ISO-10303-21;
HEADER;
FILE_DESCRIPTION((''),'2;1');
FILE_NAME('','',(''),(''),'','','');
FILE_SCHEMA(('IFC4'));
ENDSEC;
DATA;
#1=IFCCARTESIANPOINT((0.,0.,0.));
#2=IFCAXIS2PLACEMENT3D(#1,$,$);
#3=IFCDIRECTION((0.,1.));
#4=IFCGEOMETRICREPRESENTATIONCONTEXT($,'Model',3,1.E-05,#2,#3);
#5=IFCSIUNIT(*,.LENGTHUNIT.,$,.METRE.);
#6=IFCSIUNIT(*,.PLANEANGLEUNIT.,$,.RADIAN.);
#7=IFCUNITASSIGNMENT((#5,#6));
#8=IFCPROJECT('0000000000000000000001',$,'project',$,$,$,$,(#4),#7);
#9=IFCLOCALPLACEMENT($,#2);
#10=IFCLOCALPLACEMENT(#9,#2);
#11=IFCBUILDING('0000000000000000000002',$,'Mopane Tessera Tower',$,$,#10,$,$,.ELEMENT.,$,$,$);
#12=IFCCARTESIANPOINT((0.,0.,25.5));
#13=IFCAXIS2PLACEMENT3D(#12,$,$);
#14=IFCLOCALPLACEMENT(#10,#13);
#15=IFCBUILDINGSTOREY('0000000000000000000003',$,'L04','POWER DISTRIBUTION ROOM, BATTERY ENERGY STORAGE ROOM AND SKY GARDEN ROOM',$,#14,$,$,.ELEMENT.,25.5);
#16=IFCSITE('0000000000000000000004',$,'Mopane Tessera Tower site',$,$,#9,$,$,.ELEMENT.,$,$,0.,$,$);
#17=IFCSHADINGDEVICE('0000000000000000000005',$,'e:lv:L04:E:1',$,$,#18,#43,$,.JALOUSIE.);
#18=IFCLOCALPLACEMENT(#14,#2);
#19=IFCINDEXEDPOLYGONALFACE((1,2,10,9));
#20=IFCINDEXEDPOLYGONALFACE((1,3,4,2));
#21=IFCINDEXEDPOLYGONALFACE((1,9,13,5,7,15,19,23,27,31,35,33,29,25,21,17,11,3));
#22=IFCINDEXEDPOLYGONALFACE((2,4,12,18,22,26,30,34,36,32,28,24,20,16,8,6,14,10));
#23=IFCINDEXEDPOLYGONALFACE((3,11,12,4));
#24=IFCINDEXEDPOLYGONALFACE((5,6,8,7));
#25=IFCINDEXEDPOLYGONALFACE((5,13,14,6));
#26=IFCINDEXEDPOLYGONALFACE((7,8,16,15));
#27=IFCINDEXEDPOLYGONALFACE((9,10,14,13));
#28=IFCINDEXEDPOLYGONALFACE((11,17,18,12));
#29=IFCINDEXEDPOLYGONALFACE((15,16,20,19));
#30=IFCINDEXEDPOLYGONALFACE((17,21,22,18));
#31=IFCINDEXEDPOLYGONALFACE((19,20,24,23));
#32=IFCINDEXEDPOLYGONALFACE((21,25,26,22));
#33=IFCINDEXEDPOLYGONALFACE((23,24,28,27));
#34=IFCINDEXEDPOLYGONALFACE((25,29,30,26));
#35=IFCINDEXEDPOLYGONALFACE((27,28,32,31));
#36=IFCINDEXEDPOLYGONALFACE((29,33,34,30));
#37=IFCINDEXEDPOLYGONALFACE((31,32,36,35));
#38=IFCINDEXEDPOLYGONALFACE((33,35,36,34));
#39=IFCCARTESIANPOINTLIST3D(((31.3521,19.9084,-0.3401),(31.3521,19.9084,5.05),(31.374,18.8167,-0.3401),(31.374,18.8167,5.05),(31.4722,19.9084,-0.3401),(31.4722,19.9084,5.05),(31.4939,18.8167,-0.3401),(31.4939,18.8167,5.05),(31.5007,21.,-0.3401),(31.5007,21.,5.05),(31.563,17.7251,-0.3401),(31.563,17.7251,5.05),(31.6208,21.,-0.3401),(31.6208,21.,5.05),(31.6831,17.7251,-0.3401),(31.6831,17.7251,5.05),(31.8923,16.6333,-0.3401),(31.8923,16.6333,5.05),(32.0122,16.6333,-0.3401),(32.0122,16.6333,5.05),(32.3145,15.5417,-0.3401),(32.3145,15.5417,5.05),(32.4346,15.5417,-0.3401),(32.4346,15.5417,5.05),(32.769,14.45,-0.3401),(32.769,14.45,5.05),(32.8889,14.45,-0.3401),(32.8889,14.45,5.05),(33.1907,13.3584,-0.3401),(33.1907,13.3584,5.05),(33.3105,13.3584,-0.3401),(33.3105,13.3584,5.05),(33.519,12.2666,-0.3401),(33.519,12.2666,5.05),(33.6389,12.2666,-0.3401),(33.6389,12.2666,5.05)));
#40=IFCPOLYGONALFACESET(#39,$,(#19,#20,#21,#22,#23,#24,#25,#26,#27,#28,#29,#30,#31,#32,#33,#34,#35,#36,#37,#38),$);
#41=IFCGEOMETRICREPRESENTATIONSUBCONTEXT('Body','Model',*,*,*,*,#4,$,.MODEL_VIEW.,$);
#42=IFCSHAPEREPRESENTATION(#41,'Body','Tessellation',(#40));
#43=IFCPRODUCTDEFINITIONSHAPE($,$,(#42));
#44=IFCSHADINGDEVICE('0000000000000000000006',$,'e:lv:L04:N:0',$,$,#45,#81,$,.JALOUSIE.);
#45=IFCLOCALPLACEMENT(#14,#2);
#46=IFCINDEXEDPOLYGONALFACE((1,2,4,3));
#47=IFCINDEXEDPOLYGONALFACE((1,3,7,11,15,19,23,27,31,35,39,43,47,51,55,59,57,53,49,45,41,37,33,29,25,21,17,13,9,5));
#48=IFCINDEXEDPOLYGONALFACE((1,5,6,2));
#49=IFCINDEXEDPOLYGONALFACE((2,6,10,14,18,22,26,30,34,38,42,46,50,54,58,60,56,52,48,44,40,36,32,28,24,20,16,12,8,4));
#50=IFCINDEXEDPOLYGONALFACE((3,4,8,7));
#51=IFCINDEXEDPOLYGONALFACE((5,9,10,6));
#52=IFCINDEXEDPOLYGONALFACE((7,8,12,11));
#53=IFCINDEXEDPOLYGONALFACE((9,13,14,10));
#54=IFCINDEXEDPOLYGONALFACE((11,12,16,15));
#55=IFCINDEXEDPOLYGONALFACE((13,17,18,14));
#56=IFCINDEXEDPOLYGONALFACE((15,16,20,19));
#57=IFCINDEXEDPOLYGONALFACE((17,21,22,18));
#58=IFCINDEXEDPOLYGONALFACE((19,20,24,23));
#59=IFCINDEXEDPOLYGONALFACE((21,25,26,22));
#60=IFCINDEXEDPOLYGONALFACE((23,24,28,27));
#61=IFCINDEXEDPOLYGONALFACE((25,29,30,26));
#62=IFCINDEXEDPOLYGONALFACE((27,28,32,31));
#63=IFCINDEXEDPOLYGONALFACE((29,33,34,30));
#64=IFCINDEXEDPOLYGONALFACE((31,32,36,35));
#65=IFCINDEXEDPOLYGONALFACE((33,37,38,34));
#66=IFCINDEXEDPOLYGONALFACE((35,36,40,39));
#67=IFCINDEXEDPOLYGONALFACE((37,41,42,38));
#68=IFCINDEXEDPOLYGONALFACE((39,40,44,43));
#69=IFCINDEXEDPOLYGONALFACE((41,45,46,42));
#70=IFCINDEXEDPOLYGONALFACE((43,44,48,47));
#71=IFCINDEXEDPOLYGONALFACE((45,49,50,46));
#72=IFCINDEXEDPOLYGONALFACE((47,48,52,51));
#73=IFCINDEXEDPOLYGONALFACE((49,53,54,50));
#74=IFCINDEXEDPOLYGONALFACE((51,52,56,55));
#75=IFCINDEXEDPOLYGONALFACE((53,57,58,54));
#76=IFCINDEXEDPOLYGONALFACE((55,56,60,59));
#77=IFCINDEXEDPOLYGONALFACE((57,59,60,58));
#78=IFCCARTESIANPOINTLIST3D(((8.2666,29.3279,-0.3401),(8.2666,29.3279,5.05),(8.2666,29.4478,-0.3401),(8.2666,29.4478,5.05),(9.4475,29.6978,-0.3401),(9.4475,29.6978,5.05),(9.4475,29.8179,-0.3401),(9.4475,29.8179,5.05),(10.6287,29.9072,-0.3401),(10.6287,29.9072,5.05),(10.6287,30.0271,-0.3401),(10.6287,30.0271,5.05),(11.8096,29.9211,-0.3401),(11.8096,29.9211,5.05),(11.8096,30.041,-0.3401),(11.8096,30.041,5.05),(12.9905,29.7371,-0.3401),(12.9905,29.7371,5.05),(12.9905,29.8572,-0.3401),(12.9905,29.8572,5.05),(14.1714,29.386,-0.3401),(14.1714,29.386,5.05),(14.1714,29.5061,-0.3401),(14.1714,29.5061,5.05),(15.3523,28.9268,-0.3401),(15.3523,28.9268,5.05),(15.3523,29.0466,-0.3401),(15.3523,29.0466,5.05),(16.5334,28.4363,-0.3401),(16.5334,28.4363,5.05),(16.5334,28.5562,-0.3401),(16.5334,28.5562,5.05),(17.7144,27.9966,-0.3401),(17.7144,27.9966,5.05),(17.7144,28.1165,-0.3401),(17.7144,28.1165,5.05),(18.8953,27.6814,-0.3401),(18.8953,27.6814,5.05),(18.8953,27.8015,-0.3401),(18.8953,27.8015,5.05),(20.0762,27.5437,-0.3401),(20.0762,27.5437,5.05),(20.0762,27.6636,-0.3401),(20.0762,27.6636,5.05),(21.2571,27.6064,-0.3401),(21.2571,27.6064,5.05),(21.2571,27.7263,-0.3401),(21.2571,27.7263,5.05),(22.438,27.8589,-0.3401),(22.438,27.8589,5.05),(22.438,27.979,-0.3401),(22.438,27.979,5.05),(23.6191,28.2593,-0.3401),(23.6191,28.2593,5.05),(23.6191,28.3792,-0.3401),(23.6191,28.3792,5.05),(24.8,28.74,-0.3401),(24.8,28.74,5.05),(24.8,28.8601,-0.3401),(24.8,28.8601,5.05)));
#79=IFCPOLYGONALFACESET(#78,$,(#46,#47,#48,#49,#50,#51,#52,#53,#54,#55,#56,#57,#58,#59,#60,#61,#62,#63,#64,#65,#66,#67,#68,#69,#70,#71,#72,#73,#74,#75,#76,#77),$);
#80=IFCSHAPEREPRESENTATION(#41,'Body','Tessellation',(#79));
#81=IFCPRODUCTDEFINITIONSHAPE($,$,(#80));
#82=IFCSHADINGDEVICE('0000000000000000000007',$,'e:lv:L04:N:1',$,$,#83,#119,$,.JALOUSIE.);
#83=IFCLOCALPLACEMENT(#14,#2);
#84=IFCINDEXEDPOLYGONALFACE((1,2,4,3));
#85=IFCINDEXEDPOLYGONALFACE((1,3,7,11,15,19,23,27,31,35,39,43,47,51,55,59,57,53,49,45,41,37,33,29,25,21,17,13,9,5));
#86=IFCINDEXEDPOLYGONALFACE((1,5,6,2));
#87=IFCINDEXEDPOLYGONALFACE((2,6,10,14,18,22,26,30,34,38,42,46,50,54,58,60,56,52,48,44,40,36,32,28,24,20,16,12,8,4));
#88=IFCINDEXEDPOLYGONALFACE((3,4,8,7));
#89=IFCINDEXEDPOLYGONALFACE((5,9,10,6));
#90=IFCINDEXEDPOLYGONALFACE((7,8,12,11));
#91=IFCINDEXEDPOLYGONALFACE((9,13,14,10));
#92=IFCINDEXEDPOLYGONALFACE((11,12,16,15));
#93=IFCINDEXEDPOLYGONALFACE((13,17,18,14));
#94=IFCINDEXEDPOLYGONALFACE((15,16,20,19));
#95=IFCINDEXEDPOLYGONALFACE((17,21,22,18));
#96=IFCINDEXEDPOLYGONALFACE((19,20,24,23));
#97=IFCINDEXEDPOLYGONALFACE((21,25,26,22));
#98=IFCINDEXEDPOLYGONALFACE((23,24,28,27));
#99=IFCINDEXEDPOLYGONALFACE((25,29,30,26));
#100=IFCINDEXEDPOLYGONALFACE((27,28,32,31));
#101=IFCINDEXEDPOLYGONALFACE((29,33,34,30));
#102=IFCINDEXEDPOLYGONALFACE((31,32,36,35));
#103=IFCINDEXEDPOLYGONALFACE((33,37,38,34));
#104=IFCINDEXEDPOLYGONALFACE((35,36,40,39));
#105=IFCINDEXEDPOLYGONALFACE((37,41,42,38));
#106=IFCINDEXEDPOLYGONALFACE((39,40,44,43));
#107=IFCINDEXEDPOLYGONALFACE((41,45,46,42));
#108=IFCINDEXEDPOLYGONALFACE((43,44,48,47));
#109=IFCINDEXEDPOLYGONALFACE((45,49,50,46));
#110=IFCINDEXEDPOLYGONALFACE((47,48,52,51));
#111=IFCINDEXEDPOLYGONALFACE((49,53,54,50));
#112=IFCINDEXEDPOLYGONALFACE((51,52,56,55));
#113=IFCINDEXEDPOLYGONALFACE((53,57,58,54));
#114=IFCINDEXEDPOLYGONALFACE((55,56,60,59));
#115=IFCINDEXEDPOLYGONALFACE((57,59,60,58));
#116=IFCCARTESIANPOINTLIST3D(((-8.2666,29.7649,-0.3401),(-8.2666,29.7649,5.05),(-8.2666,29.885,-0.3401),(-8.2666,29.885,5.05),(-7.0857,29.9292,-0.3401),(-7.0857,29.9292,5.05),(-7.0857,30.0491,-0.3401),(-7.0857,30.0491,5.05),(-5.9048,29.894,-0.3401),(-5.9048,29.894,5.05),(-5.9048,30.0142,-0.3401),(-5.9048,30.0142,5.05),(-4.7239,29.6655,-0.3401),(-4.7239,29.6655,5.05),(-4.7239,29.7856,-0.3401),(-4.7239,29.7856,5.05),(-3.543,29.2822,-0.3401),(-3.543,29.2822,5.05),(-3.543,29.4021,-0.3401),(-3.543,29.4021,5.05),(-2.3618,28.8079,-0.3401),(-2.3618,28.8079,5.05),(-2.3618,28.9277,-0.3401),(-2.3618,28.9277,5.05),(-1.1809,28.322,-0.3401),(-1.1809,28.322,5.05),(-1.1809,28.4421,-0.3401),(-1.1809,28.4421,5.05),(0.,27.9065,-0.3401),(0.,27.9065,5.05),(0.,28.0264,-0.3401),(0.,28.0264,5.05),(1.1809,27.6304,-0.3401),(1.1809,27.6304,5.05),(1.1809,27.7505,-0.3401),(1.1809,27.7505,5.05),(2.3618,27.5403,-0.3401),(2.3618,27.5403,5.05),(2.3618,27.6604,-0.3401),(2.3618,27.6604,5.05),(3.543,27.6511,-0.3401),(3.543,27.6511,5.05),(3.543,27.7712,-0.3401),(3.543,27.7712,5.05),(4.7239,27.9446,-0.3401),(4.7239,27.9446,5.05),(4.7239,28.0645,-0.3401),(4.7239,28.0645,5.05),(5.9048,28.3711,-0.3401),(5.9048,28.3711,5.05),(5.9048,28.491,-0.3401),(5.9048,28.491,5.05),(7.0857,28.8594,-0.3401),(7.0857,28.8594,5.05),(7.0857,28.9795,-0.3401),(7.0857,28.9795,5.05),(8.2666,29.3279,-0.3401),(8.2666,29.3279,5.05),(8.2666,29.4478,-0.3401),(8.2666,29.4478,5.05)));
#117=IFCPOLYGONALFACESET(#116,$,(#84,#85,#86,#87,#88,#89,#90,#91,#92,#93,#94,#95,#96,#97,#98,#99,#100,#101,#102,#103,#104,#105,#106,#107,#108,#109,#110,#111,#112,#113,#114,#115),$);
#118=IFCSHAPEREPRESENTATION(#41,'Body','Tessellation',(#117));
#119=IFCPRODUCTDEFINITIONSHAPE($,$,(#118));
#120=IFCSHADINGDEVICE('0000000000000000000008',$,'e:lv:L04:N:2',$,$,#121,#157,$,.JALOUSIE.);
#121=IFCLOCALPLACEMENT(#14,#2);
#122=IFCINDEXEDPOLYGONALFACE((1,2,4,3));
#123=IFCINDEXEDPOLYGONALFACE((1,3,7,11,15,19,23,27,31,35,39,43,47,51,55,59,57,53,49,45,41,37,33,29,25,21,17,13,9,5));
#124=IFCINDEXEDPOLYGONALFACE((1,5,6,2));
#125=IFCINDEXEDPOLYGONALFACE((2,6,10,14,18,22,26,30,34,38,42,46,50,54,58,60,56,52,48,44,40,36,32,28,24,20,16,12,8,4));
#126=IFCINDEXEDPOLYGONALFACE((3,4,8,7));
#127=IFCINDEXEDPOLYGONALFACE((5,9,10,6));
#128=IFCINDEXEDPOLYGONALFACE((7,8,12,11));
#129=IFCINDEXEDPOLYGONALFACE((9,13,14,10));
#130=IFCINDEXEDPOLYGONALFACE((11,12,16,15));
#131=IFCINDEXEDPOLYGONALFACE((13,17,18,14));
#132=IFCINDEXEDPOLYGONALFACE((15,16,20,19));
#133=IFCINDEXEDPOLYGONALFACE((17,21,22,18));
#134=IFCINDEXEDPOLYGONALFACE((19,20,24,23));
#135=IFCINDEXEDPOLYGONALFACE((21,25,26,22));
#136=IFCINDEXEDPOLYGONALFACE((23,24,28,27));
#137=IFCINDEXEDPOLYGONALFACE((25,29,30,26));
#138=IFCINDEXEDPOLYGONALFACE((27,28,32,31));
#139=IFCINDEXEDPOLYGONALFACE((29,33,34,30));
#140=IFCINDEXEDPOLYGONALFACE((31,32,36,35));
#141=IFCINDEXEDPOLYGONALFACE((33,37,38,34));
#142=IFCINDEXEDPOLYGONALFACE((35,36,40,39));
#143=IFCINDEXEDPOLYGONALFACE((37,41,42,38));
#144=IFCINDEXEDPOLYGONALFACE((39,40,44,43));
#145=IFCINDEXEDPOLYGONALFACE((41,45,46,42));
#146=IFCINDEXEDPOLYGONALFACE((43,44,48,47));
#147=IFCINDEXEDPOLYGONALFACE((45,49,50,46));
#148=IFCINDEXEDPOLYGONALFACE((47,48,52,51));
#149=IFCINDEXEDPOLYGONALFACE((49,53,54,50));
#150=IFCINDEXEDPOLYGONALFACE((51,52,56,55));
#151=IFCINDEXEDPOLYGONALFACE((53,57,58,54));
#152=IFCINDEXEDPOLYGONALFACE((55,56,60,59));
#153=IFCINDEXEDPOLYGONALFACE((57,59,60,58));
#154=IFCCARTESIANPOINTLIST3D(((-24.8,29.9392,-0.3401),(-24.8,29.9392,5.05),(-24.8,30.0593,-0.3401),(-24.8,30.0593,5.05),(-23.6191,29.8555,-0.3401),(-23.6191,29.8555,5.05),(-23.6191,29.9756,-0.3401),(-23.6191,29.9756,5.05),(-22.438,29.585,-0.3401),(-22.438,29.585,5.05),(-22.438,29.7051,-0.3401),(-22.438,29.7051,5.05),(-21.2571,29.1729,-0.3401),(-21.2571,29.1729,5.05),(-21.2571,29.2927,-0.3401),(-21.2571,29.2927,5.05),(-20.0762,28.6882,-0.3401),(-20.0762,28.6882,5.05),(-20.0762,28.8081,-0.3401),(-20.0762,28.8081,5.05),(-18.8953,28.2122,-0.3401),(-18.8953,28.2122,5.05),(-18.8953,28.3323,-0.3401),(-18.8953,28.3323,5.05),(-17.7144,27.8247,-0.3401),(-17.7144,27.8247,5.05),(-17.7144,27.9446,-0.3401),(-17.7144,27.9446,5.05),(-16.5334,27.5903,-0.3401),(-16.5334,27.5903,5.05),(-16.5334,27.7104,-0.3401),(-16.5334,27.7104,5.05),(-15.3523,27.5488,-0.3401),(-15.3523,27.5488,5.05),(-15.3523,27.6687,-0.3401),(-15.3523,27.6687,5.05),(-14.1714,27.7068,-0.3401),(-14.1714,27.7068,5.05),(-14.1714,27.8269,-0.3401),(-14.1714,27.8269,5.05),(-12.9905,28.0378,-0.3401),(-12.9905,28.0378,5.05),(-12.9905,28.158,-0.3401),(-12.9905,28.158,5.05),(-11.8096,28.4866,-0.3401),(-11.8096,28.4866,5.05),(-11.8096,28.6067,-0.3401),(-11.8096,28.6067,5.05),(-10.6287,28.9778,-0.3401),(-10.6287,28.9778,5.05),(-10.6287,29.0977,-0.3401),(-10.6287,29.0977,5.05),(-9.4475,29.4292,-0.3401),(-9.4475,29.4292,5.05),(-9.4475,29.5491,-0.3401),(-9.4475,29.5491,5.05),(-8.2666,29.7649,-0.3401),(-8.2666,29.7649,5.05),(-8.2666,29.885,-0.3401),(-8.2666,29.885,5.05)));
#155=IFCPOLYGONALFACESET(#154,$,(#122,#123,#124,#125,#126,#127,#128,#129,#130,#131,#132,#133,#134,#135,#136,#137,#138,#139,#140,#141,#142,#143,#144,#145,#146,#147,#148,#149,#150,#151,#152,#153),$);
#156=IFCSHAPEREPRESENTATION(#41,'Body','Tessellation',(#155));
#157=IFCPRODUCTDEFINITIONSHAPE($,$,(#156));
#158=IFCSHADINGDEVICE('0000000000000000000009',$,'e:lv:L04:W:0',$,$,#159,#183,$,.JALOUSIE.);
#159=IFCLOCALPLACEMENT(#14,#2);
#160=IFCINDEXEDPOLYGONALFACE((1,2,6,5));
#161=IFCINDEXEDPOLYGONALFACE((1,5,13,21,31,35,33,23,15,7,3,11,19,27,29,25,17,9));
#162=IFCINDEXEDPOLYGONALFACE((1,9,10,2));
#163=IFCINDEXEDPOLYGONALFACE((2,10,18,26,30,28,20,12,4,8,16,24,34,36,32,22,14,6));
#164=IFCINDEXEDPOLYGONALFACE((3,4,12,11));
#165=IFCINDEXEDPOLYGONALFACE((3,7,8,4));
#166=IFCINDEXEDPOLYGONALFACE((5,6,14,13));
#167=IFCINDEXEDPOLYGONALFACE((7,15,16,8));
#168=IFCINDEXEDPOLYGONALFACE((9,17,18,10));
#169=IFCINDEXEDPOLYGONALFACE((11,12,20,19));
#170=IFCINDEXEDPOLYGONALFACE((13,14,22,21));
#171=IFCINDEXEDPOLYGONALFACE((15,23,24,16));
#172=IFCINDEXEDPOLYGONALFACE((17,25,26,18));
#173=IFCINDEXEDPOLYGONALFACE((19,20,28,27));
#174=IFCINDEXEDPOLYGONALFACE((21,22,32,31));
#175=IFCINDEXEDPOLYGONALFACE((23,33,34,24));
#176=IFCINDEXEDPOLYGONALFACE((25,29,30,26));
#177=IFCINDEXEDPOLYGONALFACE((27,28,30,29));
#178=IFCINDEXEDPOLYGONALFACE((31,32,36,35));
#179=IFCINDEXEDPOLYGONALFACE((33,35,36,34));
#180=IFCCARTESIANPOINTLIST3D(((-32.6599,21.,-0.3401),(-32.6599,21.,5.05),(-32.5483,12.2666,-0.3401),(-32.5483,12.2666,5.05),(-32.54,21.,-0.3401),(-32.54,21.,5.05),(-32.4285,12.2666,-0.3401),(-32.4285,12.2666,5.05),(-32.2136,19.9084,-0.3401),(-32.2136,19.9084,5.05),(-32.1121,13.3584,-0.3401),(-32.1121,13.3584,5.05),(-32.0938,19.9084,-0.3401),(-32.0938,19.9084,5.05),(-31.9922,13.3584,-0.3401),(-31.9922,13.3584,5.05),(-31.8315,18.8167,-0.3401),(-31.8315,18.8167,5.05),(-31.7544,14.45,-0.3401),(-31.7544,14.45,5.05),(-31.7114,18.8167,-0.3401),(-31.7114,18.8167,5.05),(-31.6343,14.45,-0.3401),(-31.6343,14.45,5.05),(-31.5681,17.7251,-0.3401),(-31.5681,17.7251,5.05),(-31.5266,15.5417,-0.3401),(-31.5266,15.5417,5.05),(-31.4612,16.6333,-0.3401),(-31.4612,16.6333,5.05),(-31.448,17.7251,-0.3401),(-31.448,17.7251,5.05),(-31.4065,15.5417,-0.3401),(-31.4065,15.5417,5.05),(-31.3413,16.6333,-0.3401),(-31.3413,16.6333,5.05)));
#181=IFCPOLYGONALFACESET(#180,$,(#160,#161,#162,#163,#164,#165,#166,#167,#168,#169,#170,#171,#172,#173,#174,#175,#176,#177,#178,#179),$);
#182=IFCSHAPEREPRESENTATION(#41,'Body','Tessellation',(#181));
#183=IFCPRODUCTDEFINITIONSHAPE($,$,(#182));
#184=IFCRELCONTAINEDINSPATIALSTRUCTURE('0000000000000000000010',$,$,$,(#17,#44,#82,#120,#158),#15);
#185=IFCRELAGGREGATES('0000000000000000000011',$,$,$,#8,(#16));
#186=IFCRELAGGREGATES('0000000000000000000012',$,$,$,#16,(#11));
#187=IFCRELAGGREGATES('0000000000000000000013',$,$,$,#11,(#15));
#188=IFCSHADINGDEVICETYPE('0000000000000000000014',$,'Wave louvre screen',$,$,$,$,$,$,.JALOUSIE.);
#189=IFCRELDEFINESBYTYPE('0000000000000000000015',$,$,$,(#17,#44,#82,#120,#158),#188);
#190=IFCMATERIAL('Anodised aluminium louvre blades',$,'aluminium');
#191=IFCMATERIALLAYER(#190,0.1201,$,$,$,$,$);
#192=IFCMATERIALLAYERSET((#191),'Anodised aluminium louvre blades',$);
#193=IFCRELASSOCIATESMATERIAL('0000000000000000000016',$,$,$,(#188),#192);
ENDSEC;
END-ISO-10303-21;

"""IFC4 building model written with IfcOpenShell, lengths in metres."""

from ifc_helpers import new_model, si_unit, direction, frame, origin, place, context, subcontext, project, spatial, polyline, outline, extrude, material, layer, layer_set, type_object, element, save


model = new_model("IFC4")

# Units and contexts
model_context = context("Model", 3, precision=1e-05, world=origin(), true_north=direction((0.0, 1.0)))
body_context = subcontext(model_context, "Body", "Model", "MODEL_VIEW")
ifc_project = project(units=[si_unit("LENGTHUNIT", "METRE"), si_unit("PLANEANGLEUNIT", "RADIAN")], contexts=[model_context])

# Site, building, storey
site_placement = place(None, origin())
site = spatial("IfcSite", under=ifc_project, at=site_placement, Name="Mopane Tessera Tower site", CompositionType="ELEMENT", RefElevation=0.0)
building_placement = place(site_placement, origin())
building = spatial("IfcBuilding", under=site, at=building_placement, Name="Mopane Tessera Tower", CompositionType="ELEMENT")
storey_placement = place(building_placement, frame((0.0, 0.0, 25.5)))
storey = spatial("IfcBuildingStorey", under=building, at=storey_placement, Name="L04", Description="POWER DISTRIBUTION ROOM, BATTERY ENERGY STORAGE ROOM AND SKY GARDEN ROOM", CompositionType="ELEMENT", Elevation=25.5)

# Shading devices
ifc_material_1 = material(Name="Anodised aluminium louvre blades", Category="aluminium")
ifc_layer_1 = layer(ifc_material_1, 0.1201)
ifc_layer_set_1 = layer_set([ifc_layer_1], Name="Anodised aluminium louvre blades")
shading_device_type = type_object("IfcShadingDeviceType", Name="Wave louvre screen", PredefinedType="JALOUSIE", material=ifc_layer_set_1)
shading_device_1_placement = place(storey_placement, frame((0.0, 0.0, -0.3401)))
element("IfcShadingDevice", 1, at=shading_device_1_placement, inside=storey, type_object=shading_device_type, Name="e:lv:L04:E:1", PredefinedType="JALOUSIE", context=body_context, shape_type="SweptSolid", body=[
    extrude(outline(polyline([(33.519, 12.2666), (33.1907, 13.3584), (32.769, 14.45), (32.3145, 15.5417), (31.8923, 16.6333), (31.563, 17.7251), (31.374, 18.8167), (31.3521, 19.9084), (31.5007, 21.0), (31.6208, 21.0), (31.4722, 19.9084), (31.4939, 18.8167), (31.6831, 17.7251), (32.0122, 16.6333), (32.4346, 15.5417), (32.8889, 14.45), (33.3105, 13.3584), (33.6389, 12.2666), (33.519, 12.2666)])), origin(), (0.0, 0.0, 1.0), 5.3901),
])
shading_device_2_placement = place(storey_placement, frame((0.0, 0.0, -0.3401)))
element("IfcShadingDevice", 2, at=shading_device_2_placement, inside=storey, type_object=shading_device_type, Name="e:lv:L04:N:0", PredefinedType="JALOUSIE", context=body_context, shape_type="SweptSolid", body=[
    extrude(outline(polyline([(24.8, 28.74), (23.6191, 28.2593), (22.438, 27.8589), (21.2571, 27.6064), (20.0762, 27.5437), (18.8953, 27.6814), (17.7144, 27.9966), (16.5334, 28.4363), (15.3523, 28.9268), (14.1714, 29.386), (12.9905, 29.7371), (11.8096, 29.9211), (10.6287, 29.9072), (9.4475, 29.6978), (8.2666, 29.3279), (8.2666, 29.4478), (9.4475, 29.8179), (10.6287, 30.0271), (11.8096, 30.041), (12.9905, 29.8572), (14.1714, 29.5061), (15.3523, 29.0466), (16.5334, 28.5562), (17.7144, 28.1165), (18.8953, 27.8015), (20.0762, 27.6636), (21.2571, 27.7263), (22.438, 27.979), (23.6191, 28.3792), (24.8, 28.8601), (24.8, 28.74)])), origin(), (0.0, 0.0, 1.0), 5.3901),
])
shading_device_3_placement = place(storey_placement, frame((0.0, 0.0, -0.3401)))
element("IfcShadingDevice", 3, at=shading_device_3_placement, inside=storey, type_object=shading_device_type, Name="e:lv:L04:N:1", PredefinedType="JALOUSIE", context=body_context, shape_type="SweptSolid", body=[
    extrude(outline(polyline([(8.2666, 29.3279), (7.0857, 28.8594), (5.9048, 28.3711), (4.7239, 27.9446), (3.543, 27.6511), (2.3618, 27.5403), (1.1809, 27.6304), (0.0, 27.9065), (-1.1809, 28.322), (-2.3618, 28.8079), (-3.543, 29.2822), (-4.7239, 29.6655), (-5.9048, 29.894), (-7.0857, 29.9292), (-8.2666, 29.7649), (-8.2666, 29.885), (-7.0857, 30.0491), (-5.9048, 30.0142), (-4.7239, 29.7856), (-3.543, 29.4021), (-2.3618, 28.9277), (-1.1809, 28.4421), (0.0, 28.0264), (1.1809, 27.7505), (2.3618, 27.6604), (3.543, 27.7712), (4.7239, 28.0645), (5.9048, 28.491), (7.0857, 28.9795), (8.2666, 29.4478), (8.2666, 29.3279)])), origin(), (0.0, 0.0, 1.0), 5.3901),
])
shading_device_4_placement = place(storey_placement, frame((0.0, 0.0, -0.3401)))
element("IfcShadingDevice", 4, at=shading_device_4_placement, inside=storey, type_object=shading_device_type, Name="e:lv:L04:N:2", PredefinedType="JALOUSIE", context=body_context, shape_type="SweptSolid", body=[
    extrude(outline(polyline([(-8.2666, 29.7649), (-9.4475, 29.4292), (-10.6287, 28.9778), (-11.8096, 28.4866), (-12.9905, 28.0378), (-14.1714, 27.7068), (-15.3523, 27.5488), (-16.5334, 27.5903), (-17.7144, 27.8247), (-18.8953, 28.2122), (-20.0762, 28.6882), (-21.2571, 29.1729), (-22.438, 29.585), (-23.6191, 29.8555), (-24.8, 29.9392), (-24.8, 30.0593), (-23.6191, 29.9756), (-22.438, 29.7051), (-21.2571, 29.2927), (-20.0762, 28.8081), (-18.8953, 28.3323), (-17.7144, 27.9446), (-16.5334, 27.7104), (-15.3523, 27.6687), (-14.1714, 27.8269), (-12.9905, 28.158), (-11.8096, 28.6067), (-10.6287, 29.0977), (-9.4475, 29.5491), (-8.2666, 29.885), (-8.2666, 29.7649)])), origin(), (0.0, 0.0, 1.0), 5.3901),
])
shading_device_5_placement = place(storey_placement, frame((0.0, 0.0, -0.3401)))
element("IfcShadingDevice", 5, at=shading_device_5_placement, inside=storey, type_object=shading_device_type, Name="e:lv:L04:W:0", PredefinedType="JALOUSIE", context=body_context, shape_type="SweptSolid", body=[
    extrude(outline(polyline([(-32.54, 21.0), (-32.0938, 19.9084), (-31.7114, 18.8167), (-31.448, 17.7251), (-31.3413, 16.6333), (-31.4065, 15.5417), (-31.6343, 14.45), (-31.9922, 13.3584), (-32.4285, 12.2666), (-32.5483, 12.2666), (-32.1121, 13.3584), (-31.7544, 14.45), (-31.5266, 15.5417), (-31.4612, 16.6333), (-31.5681, 17.7251), (-31.8315, 18.8167), (-32.2136, 19.9084), (-32.6599, 21.0), (-32.54, 21.0)])), origin(), (0.0, 0.0, 1.0), 5.3901),
])

save(model, "model.ifc")
